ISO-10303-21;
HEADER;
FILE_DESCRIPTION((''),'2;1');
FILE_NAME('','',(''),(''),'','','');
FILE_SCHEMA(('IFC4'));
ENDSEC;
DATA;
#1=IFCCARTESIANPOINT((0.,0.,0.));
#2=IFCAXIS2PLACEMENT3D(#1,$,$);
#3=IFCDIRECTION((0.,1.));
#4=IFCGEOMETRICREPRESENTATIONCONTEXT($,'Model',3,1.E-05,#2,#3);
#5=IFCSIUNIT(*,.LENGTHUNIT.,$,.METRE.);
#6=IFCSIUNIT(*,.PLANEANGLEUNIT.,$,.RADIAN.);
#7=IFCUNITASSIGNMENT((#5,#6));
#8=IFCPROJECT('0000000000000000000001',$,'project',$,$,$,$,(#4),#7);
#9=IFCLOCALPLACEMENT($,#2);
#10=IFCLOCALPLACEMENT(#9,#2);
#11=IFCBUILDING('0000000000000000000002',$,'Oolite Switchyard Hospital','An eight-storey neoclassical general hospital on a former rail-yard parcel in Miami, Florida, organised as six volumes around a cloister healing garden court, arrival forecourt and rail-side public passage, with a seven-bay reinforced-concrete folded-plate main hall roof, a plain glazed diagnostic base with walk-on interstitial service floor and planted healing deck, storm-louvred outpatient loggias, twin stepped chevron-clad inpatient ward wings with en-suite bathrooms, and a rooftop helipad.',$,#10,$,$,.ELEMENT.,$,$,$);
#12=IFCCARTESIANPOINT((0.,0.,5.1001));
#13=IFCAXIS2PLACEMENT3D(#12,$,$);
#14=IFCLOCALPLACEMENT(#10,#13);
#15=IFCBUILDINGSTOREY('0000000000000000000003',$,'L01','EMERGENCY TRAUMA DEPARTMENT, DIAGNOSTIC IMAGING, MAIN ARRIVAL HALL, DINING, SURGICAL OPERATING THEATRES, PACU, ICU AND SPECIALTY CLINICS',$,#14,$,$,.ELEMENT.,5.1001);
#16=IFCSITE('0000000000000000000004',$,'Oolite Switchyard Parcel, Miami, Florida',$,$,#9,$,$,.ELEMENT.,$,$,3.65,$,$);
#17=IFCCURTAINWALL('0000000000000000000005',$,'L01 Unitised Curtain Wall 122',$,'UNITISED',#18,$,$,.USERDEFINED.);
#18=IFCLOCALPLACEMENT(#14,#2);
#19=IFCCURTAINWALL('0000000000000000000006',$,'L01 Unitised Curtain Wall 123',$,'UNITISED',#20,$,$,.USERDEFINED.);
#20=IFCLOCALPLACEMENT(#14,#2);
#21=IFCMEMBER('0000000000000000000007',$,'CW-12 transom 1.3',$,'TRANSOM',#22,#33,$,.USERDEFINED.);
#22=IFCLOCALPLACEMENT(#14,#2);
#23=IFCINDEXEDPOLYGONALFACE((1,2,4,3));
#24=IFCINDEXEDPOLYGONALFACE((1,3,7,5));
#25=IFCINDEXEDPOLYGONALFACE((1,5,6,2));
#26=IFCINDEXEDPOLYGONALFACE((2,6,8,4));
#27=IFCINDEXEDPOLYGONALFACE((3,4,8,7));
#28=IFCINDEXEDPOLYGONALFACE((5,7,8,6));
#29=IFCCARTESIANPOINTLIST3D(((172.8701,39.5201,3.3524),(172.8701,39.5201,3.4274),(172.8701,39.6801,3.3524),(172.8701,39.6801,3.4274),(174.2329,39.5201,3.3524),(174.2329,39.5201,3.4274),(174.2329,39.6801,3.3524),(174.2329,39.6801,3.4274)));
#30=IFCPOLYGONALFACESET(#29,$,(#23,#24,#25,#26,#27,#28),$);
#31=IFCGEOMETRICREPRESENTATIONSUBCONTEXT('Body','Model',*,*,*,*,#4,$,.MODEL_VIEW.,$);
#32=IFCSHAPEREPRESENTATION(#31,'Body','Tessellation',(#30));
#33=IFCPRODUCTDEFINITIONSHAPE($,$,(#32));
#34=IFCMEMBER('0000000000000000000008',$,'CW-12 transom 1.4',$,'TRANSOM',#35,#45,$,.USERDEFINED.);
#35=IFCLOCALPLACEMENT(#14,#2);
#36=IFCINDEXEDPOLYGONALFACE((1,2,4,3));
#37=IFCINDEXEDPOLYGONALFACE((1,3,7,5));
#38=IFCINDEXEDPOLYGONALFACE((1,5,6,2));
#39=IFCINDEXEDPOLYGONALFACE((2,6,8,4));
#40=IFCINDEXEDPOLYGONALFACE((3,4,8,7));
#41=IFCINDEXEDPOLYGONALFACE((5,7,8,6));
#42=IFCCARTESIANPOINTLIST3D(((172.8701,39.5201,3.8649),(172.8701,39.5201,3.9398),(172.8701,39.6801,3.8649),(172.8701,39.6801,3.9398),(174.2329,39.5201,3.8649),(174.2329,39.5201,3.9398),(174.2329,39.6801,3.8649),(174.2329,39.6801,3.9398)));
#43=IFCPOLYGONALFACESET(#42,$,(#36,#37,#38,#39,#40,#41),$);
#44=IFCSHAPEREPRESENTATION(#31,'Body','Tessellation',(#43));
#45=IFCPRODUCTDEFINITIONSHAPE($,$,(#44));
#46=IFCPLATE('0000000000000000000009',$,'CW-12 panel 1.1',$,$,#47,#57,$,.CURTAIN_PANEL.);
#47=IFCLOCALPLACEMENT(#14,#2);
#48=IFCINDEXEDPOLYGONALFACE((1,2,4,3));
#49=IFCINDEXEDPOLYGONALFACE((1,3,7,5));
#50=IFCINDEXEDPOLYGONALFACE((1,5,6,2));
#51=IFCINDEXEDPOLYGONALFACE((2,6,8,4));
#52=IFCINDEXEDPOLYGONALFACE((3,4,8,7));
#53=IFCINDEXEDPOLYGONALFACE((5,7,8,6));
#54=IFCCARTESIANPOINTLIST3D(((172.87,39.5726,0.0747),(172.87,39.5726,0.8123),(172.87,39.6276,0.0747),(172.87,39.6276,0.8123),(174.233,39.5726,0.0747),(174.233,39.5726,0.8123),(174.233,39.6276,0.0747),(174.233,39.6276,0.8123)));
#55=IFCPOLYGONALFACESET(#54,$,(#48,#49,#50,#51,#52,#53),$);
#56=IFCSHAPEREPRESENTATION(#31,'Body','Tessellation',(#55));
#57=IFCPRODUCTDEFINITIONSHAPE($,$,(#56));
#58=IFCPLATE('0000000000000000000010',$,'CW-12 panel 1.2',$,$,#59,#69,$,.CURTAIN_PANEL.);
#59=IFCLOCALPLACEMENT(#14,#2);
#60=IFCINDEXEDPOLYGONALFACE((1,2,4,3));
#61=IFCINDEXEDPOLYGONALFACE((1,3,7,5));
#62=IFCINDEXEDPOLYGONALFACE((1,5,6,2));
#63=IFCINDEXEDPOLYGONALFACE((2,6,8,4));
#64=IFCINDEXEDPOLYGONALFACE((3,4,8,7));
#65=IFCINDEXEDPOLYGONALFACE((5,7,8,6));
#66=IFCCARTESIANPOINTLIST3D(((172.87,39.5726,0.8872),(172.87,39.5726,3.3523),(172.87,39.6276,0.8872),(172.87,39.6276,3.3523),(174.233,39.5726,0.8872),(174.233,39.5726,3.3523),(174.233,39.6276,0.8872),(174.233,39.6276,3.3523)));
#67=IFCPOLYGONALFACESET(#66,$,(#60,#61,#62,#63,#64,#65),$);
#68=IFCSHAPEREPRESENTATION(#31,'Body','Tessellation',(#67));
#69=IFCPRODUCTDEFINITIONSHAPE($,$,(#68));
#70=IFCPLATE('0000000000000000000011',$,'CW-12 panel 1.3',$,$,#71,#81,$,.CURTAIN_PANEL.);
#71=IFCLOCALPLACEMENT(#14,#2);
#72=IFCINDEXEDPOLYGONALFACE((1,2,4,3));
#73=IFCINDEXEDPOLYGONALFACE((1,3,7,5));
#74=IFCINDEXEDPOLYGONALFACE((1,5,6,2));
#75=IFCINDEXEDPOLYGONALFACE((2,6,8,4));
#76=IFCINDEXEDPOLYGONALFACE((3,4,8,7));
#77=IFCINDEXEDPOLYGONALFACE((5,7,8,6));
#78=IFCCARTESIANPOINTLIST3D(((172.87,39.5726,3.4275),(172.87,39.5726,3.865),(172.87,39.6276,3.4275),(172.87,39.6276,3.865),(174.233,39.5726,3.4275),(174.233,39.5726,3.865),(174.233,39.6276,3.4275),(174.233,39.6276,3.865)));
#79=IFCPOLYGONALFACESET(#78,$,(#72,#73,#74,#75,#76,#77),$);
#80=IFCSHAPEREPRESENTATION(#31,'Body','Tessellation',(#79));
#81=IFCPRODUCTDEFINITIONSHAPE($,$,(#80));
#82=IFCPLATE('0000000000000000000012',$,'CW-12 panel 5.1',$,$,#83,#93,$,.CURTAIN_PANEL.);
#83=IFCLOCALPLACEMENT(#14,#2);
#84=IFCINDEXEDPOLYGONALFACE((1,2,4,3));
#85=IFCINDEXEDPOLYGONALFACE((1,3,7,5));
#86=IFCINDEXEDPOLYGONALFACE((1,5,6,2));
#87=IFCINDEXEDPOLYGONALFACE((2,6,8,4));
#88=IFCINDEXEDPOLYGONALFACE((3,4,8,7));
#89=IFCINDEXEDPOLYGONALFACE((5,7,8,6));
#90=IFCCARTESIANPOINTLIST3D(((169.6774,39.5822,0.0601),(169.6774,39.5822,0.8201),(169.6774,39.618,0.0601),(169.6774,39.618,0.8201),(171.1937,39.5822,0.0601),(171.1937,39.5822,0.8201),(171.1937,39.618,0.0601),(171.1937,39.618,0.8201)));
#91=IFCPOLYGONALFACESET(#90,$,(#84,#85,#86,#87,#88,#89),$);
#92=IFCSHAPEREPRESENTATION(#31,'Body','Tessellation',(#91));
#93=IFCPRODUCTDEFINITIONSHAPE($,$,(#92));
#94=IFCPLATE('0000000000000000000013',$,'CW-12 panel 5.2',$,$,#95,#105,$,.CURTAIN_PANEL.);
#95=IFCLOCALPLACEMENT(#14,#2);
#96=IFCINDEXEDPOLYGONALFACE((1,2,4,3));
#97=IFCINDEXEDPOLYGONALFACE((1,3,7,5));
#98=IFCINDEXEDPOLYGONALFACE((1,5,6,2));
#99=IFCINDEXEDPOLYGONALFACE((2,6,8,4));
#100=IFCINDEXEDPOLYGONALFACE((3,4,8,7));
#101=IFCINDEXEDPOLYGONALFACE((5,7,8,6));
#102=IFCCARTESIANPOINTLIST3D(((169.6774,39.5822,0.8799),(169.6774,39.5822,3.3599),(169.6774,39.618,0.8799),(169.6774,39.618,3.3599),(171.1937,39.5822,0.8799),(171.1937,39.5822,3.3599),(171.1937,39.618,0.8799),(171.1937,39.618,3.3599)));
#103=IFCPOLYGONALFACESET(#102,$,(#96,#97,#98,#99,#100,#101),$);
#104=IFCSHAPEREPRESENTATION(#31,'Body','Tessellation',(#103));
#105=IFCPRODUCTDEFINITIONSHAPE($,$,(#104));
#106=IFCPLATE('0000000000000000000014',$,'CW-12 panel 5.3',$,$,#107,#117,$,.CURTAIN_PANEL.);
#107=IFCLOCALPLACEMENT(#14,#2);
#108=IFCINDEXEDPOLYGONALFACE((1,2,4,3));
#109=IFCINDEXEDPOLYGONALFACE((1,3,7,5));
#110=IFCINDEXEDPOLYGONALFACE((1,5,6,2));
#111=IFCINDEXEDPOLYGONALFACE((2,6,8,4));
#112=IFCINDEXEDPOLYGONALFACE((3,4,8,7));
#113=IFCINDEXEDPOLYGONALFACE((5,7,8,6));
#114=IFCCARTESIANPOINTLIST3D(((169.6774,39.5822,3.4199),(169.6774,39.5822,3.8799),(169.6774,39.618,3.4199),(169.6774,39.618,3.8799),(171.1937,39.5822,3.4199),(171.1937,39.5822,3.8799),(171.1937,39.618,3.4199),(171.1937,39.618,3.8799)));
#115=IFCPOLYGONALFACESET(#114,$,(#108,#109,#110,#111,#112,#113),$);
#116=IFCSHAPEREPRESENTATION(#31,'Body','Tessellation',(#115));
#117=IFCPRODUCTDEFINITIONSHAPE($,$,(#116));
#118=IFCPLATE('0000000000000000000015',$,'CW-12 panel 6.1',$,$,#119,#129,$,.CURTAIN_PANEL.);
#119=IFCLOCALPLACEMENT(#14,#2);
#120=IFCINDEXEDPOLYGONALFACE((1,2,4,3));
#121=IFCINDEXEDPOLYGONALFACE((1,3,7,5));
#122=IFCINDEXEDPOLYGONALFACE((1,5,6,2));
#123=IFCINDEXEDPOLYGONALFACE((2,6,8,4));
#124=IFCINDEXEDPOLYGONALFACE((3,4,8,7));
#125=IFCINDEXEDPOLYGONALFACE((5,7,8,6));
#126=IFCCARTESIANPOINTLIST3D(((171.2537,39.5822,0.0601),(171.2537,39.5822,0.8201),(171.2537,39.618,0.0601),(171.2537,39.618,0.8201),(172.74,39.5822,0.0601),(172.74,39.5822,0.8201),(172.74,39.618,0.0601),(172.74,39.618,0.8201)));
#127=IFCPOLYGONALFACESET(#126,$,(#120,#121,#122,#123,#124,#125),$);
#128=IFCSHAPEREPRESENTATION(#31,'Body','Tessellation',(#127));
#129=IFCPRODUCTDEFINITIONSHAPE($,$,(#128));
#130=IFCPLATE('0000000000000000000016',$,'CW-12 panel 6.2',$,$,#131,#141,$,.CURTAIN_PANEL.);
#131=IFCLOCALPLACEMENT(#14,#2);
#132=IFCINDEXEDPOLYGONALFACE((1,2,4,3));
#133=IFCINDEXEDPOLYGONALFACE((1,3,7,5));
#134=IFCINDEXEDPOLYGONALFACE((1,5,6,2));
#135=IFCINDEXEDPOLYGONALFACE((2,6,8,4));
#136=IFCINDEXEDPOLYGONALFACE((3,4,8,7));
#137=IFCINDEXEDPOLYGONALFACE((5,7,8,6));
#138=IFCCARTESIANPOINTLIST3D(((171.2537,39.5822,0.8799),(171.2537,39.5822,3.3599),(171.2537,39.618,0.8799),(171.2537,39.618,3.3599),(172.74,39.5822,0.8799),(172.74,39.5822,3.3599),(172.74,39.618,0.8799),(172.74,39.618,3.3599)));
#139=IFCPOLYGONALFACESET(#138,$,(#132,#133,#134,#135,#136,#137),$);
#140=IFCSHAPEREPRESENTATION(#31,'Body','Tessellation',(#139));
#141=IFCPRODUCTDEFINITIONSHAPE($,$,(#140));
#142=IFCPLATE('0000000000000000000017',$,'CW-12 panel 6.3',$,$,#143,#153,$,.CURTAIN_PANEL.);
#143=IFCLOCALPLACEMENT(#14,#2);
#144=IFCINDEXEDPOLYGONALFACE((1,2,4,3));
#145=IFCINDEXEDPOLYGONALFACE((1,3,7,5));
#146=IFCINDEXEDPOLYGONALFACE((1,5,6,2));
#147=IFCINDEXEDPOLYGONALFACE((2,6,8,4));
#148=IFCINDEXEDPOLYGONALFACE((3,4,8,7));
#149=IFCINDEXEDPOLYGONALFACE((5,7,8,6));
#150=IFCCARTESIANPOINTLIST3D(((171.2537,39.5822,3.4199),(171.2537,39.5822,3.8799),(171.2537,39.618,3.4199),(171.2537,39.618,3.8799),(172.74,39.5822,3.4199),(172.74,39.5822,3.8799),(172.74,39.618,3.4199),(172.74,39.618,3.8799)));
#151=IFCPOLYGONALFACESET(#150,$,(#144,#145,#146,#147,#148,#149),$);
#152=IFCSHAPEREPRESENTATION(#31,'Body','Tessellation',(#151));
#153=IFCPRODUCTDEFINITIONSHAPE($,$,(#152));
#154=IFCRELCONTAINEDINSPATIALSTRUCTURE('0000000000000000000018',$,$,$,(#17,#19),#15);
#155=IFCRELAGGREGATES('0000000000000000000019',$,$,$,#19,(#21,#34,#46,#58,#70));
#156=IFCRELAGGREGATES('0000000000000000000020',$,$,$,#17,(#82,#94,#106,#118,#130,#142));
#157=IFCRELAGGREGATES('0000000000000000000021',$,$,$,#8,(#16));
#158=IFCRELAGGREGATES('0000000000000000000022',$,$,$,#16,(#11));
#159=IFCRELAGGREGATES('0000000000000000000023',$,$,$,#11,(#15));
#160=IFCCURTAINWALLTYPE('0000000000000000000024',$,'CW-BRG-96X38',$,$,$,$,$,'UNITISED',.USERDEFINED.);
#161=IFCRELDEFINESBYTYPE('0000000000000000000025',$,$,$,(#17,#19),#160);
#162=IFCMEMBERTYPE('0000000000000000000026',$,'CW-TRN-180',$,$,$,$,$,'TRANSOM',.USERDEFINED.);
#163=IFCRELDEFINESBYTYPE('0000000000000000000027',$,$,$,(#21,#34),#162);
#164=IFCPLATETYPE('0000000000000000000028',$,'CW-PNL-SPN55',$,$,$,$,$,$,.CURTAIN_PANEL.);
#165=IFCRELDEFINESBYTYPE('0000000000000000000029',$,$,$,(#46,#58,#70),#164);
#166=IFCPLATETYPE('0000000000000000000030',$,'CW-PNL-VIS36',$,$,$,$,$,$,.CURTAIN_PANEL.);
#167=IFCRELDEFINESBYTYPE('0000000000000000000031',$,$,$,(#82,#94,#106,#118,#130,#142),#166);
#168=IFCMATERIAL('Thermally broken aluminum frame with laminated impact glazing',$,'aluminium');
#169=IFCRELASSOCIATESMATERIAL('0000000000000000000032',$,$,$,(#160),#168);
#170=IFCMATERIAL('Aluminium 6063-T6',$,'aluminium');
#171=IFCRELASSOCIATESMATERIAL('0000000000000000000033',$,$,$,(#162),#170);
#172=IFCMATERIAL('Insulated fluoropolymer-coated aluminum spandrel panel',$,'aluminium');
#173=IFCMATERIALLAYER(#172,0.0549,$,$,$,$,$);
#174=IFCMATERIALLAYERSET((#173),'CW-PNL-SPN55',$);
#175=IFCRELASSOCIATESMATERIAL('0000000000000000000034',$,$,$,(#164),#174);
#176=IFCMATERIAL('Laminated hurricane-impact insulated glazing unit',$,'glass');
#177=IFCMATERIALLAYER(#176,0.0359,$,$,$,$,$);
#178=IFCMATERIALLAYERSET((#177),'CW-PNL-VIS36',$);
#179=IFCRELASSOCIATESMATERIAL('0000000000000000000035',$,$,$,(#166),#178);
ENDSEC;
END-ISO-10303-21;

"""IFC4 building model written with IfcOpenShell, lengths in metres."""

from ifc_helpers import new_model, si_unit, direction, frame, origin, origin_2d, place, context, subcontext, project, spatial, rectangle, extrude, material, layer, layer_set, material_profile, profile_set, type_object, element, aggregate, save


model = new_model("IFC4")

# Units and contexts
model_context = context("Model", 3, precision=1e-05, world=origin(), true_north=direction((0.0, 1.0)))
body_context = subcontext(model_context, "Body", "Model", "MODEL_VIEW")
ifc_project = project(units=[si_unit("LENGTHUNIT", "METRE"), si_unit("PLANEANGLEUNIT", "RADIAN")], contexts=[model_context])

# Site, building, storey
site_placement = place(None, origin())
site = spatial("IfcSite", under=ifc_project, at=site_placement, Name="Oolite Switchyard Parcel, Miami, Florida", CompositionType="ELEMENT", RefElevation=3.65)
building_placement = place(site_placement, origin())
building = spatial("IfcBuilding", under=site, at=building_placement, Name="Oolite Switchyard Hospital", Description="An eight-storey neoclassical general hospital on a former rail-yard parcel in Miami, Florida, organised as six volumes around a cloister healing garden court, arrival forecourt and rail-side public passage, with a seven-bay reinforced-concrete folded-plate main hall roof, a plain glazed diagnostic base with walk-on interstitial service floor and planted healing deck, storm-louvred outpatient loggias, twin stepped chevron-clad inpatient ward wings with en-suite bathrooms, and a rooftop helipad.", CompositionType="ELEMENT")
storey_placement = place(building_placement, frame((0.0, 0.0, 5.1001)))
storey = spatial("IfcBuildingStorey", under=building, at=storey_placement, Name="L01", Description="EMERGENCY TRAUMA DEPARTMENT, DIAGNOSTIC IMAGING, MAIN ARRIVAL HALL, DINING, SURGICAL OPERATING THEATRES, PACU, ICU AND SPECIALTY CLINICS", CompositionType="ELEMENT", Elevation=5.1001)

# Curtain walls
ifc_material_1 = material(Name="Thermally broken aluminum frame with laminated impact glazing", Category="aluminium")
curtain_wall_type = type_object("IfcCurtainWallType", Name="CW-BRG-96X38", ElementType="UNITISED", PredefinedType="USERDEFINED", material=ifc_material_1)
curtain_wall_1_placement = place(storey_placement, origin())
curtain_wall_1 = element("IfcCurtainWall", 1, at=curtain_wall_1_placement, inside=storey, type_object=curtain_wall_type, Name="L01 Unitised Curtain Wall 122", ObjectType="UNITISED", PredefinedType="USERDEFINED")
ifc_material_2 = material(Name="Aluminium 6063-T6", Category="aluminium")
curtain_wall_2_placement = place(storey_placement, origin())
curtain_wall_2 = element("IfcCurtainWall", 2, at=curtain_wall_2_placement, inside=storey, type_object=curtain_wall_type, Name="L01 Unitised Curtain Wall 123", ObjectType="UNITISED", PredefinedType="USERDEFINED")

# Members
ifc_material_profile_1 = material_profile(ifc_material_2, rectangle(XDim=0.1599, YDim=0.075, at=origin_2d()), Name="CWT75X160")
ifc_profile_set_1 = profile_set([ifc_material_profile_1], Name="Aluminium 6063-T6")
member_type_1 = type_object("IfcMemberType", Name="CW-TRN-180", ElementType="TRANSOM", PredefinedType="USERDEFINED", material=ifc_profile_set_1)
member_1_placement = place(storey_placement, frame((172.8701, 39.6001, 3.3899), z_axis=(1.0, 0.0, 0.0), x_axis=(0.0, 1.0, 0.0)))
member_1 = element("IfcMember", 3, at=member_1_placement, type_object=member_type_1, Name="CW-12 transom 1.3", ObjectType="TRANSOM", PredefinedType="USERDEFINED", context=body_context, shape_type="SweptSolid", body=[
    extrude(rectangle(XDim=0.1599, YDim=0.075, at=origin_2d()), origin(), (0.0, 0.0, 1.0), 1.3628),
])
member_2_placement = place(storey_placement, frame((172.8701, 39.6001, 3.9023), z_axis=(1.0, 0.0, 0.0), x_axis=(0.0, 1.0, 0.0)))
member_2 = element("IfcMember", 4, at=member_2_placement, type_object=member_type_1, Name="CW-12 transom 1.4", ObjectType="TRANSOM", PredefinedType="USERDEFINED", context=body_context, shape_type="SweptSolid", body=[
    extrude(rectangle(XDim=0.1599, YDim=0.075, at=origin_2d()), origin(), (0.0, 0.0, 1.0), 1.3628),
])

# Plates
ifc_material_3 = material(Name="Insulated fluoropolymer-coated aluminum spandrel panel", Category="aluminium")
ifc_layer_1 = layer(ifc_material_3, 0.0549)
ifc_layer_set_1 = layer_set([ifc_layer_1], Name="CW-PNL-SPN55")
plate_type_1 = type_object("IfcPlateType", Name="CW-PNL-SPN55", PredefinedType="CURTAIN_PANEL", material=ifc_layer_set_1)
plate_1_placement = place(storey_placement, frame((173.5515, 39.6001, 0.0747), z_axis=(0.0, 0.0, 1.0), x_axis=(1.0, 0.0, 0.0)))
plate_1 = element("IfcPlate", 5, at=plate_1_placement, type_object=plate_type_1, Name="CW-12 panel 1.1", PredefinedType="CURTAIN_PANEL", context=body_context, shape_type="SweptSolid", body=[
    extrude(rectangle(XDim=1.363, YDim=0.0549, at=origin_2d()), origin(), (0.0, 0.0, 1.0), 0.7375),
])
plate_2_placement = place(storey_placement, frame((173.5515, 39.6001, 0.8872), z_axis=(0.0, 0.0, 1.0), x_axis=(1.0, 0.0, 0.0)))
plate_2 = element("IfcPlate", 6, at=plate_2_placement, type_object=plate_type_1, Name="CW-12 panel 1.2", PredefinedType="CURTAIN_PANEL", context=body_context, shape_type="SweptSolid", body=[
    extrude(rectangle(XDim=1.363, YDim=0.0549, at=origin_2d()), origin(), (0.0, 0.0, 1.0), 2.4651),
])
plate_3_placement = place(storey_placement, frame((173.5515, 39.6001, 3.4275), z_axis=(0.0, 0.0, 1.0), x_axis=(1.0, 0.0, 0.0)))
plate_3 = element("IfcPlate", 7, at=plate_3_placement, type_object=plate_type_1, Name="CW-12 panel 1.3", PredefinedType="CURTAIN_PANEL", context=body_context, shape_type="SweptSolid", body=[
    extrude(rectangle(XDim=1.363, YDim=0.0549, at=origin_2d()), origin(), (0.0, 0.0, 1.0), 0.4375),
])
aggregate(curtain_wall_2, [member_1, member_2, plate_1, plate_2, plate_3])
ifc_material_4 = material(Name="Laminated hurricane-impact insulated glazing unit", Category="glass")
ifc_layer_2 = layer(ifc_material_4, 0.0359)
ifc_layer_set_2 = layer_set([ifc_layer_2], Name="CW-PNL-VIS36")
plate_type_2 = type_object("IfcPlateType", Name="CW-PNL-VIS36", PredefinedType="CURTAIN_PANEL", material=ifc_layer_set_2)
plate_4_placement = place(storey_placement, frame((170.4355, 39.6001, 0.0601), z_axis=(0.0, 0.0, 1.0), x_axis=(1.0, 0.0, 0.0)))
plate_4 = element("IfcPlate", 8, at=plate_4_placement, type_object=plate_type_2, Name="CW-12 panel 5.1", PredefinedType="CURTAIN_PANEL", context=body_context, shape_type="SweptSolid", body=[
    extrude(rectangle(XDim=1.5164, YDim=0.0359, at=origin_2d()), origin(), (0.0, 0.0, 1.0), 0.76),
])
plate_5_placement = place(storey_placement, frame((170.4355, 39.6001, 0.8799), z_axis=(0.0, 0.0, 1.0), x_axis=(1.0, 0.0, 0.0)))
plate_5 = element("IfcPlate", 9, at=plate_5_placement, type_object=plate_type_2, Name="CW-12 panel 5.2", PredefinedType="CURTAIN_PANEL", context=body_context, shape_type="SweptSolid", body=[
    extrude(rectangle(XDim=1.5164, YDim=0.0359, at=origin_2d()), origin(), (0.0, 0.0, 1.0), 2.48),
])
plate_6_placement = place(storey_placement, frame((170.4355, 39.6001, 3.4199), z_axis=(0.0, 0.0, 1.0), x_axis=(1.0, 0.0, 0.0)))
plate_6 = element("IfcPlate", 10, at=plate_6_placement, type_object=plate_type_2, Name="CW-12 panel 5.3", PredefinedType="CURTAIN_PANEL", context=body_context, shape_type="SweptSolid", body=[
    extrude(rectangle(XDim=1.5164, YDim=0.0359, at=origin_2d()), origin(), (0.0, 0.0, 1.0), 0.46),
])
plate_7_placement = place(storey_placement, frame((171.9968, 39.6001, 0.0601), z_axis=(0.0, 0.0, 1.0), x_axis=(1.0, 0.0, 0.0)))
plate_7 = element("IfcPlate", 11, at=plate_7_placement, type_object=plate_type_2, Name="CW-12 panel 6.1", PredefinedType="CURTAIN_PANEL", context=body_context, shape_type="SweptSolid", body=[
    extrude(rectangle(XDim=1.4863, YDim=0.0359, at=origin_2d()), origin(), (0.0, 0.0, 1.0), 0.76),
])
plate_8_placement = place(storey_placement, frame((171.9968, 39.6001, 0.8799), z_axis=(0.0, 0.0, 1.0), x_axis=(1.0, 0.0, 0.0)))
plate_8 = element("IfcPlate", 12, at=plate_8_placement, type_object=plate_type_2, Name="CW-12 panel 6.2", PredefinedType="CURTAIN_PANEL", context=body_context, shape_type="SweptSolid", body=[
    extrude(rectangle(XDim=1.4863, YDim=0.0359, at=origin_2d()), origin(), (0.0, 0.0, 1.0), 2.48),
])
plate_9_placement = place(storey_placement, frame((171.9968, 39.6001, 3.4199), z_axis=(0.0, 0.0, 1.0), x_axis=(1.0, 0.0, 0.0)))
plate_9 = element("IfcPlate", 13, at=plate_9_placement, type_object=plate_type_2, Name="CW-12 panel 6.3", PredefinedType="CURTAIN_PANEL", context=body_context, shape_type="SweptSolid", body=[
    extrude(rectangle(XDim=1.4863, YDim=0.0359, at=origin_2d()), origin(), (0.0, 0.0, 1.0), 0.46),
])
aggregate(curtain_wall_1, [plate_4, plate_5, plate_6, plate_7, plate_8, plate_9])

save(model, "model.ifc")
